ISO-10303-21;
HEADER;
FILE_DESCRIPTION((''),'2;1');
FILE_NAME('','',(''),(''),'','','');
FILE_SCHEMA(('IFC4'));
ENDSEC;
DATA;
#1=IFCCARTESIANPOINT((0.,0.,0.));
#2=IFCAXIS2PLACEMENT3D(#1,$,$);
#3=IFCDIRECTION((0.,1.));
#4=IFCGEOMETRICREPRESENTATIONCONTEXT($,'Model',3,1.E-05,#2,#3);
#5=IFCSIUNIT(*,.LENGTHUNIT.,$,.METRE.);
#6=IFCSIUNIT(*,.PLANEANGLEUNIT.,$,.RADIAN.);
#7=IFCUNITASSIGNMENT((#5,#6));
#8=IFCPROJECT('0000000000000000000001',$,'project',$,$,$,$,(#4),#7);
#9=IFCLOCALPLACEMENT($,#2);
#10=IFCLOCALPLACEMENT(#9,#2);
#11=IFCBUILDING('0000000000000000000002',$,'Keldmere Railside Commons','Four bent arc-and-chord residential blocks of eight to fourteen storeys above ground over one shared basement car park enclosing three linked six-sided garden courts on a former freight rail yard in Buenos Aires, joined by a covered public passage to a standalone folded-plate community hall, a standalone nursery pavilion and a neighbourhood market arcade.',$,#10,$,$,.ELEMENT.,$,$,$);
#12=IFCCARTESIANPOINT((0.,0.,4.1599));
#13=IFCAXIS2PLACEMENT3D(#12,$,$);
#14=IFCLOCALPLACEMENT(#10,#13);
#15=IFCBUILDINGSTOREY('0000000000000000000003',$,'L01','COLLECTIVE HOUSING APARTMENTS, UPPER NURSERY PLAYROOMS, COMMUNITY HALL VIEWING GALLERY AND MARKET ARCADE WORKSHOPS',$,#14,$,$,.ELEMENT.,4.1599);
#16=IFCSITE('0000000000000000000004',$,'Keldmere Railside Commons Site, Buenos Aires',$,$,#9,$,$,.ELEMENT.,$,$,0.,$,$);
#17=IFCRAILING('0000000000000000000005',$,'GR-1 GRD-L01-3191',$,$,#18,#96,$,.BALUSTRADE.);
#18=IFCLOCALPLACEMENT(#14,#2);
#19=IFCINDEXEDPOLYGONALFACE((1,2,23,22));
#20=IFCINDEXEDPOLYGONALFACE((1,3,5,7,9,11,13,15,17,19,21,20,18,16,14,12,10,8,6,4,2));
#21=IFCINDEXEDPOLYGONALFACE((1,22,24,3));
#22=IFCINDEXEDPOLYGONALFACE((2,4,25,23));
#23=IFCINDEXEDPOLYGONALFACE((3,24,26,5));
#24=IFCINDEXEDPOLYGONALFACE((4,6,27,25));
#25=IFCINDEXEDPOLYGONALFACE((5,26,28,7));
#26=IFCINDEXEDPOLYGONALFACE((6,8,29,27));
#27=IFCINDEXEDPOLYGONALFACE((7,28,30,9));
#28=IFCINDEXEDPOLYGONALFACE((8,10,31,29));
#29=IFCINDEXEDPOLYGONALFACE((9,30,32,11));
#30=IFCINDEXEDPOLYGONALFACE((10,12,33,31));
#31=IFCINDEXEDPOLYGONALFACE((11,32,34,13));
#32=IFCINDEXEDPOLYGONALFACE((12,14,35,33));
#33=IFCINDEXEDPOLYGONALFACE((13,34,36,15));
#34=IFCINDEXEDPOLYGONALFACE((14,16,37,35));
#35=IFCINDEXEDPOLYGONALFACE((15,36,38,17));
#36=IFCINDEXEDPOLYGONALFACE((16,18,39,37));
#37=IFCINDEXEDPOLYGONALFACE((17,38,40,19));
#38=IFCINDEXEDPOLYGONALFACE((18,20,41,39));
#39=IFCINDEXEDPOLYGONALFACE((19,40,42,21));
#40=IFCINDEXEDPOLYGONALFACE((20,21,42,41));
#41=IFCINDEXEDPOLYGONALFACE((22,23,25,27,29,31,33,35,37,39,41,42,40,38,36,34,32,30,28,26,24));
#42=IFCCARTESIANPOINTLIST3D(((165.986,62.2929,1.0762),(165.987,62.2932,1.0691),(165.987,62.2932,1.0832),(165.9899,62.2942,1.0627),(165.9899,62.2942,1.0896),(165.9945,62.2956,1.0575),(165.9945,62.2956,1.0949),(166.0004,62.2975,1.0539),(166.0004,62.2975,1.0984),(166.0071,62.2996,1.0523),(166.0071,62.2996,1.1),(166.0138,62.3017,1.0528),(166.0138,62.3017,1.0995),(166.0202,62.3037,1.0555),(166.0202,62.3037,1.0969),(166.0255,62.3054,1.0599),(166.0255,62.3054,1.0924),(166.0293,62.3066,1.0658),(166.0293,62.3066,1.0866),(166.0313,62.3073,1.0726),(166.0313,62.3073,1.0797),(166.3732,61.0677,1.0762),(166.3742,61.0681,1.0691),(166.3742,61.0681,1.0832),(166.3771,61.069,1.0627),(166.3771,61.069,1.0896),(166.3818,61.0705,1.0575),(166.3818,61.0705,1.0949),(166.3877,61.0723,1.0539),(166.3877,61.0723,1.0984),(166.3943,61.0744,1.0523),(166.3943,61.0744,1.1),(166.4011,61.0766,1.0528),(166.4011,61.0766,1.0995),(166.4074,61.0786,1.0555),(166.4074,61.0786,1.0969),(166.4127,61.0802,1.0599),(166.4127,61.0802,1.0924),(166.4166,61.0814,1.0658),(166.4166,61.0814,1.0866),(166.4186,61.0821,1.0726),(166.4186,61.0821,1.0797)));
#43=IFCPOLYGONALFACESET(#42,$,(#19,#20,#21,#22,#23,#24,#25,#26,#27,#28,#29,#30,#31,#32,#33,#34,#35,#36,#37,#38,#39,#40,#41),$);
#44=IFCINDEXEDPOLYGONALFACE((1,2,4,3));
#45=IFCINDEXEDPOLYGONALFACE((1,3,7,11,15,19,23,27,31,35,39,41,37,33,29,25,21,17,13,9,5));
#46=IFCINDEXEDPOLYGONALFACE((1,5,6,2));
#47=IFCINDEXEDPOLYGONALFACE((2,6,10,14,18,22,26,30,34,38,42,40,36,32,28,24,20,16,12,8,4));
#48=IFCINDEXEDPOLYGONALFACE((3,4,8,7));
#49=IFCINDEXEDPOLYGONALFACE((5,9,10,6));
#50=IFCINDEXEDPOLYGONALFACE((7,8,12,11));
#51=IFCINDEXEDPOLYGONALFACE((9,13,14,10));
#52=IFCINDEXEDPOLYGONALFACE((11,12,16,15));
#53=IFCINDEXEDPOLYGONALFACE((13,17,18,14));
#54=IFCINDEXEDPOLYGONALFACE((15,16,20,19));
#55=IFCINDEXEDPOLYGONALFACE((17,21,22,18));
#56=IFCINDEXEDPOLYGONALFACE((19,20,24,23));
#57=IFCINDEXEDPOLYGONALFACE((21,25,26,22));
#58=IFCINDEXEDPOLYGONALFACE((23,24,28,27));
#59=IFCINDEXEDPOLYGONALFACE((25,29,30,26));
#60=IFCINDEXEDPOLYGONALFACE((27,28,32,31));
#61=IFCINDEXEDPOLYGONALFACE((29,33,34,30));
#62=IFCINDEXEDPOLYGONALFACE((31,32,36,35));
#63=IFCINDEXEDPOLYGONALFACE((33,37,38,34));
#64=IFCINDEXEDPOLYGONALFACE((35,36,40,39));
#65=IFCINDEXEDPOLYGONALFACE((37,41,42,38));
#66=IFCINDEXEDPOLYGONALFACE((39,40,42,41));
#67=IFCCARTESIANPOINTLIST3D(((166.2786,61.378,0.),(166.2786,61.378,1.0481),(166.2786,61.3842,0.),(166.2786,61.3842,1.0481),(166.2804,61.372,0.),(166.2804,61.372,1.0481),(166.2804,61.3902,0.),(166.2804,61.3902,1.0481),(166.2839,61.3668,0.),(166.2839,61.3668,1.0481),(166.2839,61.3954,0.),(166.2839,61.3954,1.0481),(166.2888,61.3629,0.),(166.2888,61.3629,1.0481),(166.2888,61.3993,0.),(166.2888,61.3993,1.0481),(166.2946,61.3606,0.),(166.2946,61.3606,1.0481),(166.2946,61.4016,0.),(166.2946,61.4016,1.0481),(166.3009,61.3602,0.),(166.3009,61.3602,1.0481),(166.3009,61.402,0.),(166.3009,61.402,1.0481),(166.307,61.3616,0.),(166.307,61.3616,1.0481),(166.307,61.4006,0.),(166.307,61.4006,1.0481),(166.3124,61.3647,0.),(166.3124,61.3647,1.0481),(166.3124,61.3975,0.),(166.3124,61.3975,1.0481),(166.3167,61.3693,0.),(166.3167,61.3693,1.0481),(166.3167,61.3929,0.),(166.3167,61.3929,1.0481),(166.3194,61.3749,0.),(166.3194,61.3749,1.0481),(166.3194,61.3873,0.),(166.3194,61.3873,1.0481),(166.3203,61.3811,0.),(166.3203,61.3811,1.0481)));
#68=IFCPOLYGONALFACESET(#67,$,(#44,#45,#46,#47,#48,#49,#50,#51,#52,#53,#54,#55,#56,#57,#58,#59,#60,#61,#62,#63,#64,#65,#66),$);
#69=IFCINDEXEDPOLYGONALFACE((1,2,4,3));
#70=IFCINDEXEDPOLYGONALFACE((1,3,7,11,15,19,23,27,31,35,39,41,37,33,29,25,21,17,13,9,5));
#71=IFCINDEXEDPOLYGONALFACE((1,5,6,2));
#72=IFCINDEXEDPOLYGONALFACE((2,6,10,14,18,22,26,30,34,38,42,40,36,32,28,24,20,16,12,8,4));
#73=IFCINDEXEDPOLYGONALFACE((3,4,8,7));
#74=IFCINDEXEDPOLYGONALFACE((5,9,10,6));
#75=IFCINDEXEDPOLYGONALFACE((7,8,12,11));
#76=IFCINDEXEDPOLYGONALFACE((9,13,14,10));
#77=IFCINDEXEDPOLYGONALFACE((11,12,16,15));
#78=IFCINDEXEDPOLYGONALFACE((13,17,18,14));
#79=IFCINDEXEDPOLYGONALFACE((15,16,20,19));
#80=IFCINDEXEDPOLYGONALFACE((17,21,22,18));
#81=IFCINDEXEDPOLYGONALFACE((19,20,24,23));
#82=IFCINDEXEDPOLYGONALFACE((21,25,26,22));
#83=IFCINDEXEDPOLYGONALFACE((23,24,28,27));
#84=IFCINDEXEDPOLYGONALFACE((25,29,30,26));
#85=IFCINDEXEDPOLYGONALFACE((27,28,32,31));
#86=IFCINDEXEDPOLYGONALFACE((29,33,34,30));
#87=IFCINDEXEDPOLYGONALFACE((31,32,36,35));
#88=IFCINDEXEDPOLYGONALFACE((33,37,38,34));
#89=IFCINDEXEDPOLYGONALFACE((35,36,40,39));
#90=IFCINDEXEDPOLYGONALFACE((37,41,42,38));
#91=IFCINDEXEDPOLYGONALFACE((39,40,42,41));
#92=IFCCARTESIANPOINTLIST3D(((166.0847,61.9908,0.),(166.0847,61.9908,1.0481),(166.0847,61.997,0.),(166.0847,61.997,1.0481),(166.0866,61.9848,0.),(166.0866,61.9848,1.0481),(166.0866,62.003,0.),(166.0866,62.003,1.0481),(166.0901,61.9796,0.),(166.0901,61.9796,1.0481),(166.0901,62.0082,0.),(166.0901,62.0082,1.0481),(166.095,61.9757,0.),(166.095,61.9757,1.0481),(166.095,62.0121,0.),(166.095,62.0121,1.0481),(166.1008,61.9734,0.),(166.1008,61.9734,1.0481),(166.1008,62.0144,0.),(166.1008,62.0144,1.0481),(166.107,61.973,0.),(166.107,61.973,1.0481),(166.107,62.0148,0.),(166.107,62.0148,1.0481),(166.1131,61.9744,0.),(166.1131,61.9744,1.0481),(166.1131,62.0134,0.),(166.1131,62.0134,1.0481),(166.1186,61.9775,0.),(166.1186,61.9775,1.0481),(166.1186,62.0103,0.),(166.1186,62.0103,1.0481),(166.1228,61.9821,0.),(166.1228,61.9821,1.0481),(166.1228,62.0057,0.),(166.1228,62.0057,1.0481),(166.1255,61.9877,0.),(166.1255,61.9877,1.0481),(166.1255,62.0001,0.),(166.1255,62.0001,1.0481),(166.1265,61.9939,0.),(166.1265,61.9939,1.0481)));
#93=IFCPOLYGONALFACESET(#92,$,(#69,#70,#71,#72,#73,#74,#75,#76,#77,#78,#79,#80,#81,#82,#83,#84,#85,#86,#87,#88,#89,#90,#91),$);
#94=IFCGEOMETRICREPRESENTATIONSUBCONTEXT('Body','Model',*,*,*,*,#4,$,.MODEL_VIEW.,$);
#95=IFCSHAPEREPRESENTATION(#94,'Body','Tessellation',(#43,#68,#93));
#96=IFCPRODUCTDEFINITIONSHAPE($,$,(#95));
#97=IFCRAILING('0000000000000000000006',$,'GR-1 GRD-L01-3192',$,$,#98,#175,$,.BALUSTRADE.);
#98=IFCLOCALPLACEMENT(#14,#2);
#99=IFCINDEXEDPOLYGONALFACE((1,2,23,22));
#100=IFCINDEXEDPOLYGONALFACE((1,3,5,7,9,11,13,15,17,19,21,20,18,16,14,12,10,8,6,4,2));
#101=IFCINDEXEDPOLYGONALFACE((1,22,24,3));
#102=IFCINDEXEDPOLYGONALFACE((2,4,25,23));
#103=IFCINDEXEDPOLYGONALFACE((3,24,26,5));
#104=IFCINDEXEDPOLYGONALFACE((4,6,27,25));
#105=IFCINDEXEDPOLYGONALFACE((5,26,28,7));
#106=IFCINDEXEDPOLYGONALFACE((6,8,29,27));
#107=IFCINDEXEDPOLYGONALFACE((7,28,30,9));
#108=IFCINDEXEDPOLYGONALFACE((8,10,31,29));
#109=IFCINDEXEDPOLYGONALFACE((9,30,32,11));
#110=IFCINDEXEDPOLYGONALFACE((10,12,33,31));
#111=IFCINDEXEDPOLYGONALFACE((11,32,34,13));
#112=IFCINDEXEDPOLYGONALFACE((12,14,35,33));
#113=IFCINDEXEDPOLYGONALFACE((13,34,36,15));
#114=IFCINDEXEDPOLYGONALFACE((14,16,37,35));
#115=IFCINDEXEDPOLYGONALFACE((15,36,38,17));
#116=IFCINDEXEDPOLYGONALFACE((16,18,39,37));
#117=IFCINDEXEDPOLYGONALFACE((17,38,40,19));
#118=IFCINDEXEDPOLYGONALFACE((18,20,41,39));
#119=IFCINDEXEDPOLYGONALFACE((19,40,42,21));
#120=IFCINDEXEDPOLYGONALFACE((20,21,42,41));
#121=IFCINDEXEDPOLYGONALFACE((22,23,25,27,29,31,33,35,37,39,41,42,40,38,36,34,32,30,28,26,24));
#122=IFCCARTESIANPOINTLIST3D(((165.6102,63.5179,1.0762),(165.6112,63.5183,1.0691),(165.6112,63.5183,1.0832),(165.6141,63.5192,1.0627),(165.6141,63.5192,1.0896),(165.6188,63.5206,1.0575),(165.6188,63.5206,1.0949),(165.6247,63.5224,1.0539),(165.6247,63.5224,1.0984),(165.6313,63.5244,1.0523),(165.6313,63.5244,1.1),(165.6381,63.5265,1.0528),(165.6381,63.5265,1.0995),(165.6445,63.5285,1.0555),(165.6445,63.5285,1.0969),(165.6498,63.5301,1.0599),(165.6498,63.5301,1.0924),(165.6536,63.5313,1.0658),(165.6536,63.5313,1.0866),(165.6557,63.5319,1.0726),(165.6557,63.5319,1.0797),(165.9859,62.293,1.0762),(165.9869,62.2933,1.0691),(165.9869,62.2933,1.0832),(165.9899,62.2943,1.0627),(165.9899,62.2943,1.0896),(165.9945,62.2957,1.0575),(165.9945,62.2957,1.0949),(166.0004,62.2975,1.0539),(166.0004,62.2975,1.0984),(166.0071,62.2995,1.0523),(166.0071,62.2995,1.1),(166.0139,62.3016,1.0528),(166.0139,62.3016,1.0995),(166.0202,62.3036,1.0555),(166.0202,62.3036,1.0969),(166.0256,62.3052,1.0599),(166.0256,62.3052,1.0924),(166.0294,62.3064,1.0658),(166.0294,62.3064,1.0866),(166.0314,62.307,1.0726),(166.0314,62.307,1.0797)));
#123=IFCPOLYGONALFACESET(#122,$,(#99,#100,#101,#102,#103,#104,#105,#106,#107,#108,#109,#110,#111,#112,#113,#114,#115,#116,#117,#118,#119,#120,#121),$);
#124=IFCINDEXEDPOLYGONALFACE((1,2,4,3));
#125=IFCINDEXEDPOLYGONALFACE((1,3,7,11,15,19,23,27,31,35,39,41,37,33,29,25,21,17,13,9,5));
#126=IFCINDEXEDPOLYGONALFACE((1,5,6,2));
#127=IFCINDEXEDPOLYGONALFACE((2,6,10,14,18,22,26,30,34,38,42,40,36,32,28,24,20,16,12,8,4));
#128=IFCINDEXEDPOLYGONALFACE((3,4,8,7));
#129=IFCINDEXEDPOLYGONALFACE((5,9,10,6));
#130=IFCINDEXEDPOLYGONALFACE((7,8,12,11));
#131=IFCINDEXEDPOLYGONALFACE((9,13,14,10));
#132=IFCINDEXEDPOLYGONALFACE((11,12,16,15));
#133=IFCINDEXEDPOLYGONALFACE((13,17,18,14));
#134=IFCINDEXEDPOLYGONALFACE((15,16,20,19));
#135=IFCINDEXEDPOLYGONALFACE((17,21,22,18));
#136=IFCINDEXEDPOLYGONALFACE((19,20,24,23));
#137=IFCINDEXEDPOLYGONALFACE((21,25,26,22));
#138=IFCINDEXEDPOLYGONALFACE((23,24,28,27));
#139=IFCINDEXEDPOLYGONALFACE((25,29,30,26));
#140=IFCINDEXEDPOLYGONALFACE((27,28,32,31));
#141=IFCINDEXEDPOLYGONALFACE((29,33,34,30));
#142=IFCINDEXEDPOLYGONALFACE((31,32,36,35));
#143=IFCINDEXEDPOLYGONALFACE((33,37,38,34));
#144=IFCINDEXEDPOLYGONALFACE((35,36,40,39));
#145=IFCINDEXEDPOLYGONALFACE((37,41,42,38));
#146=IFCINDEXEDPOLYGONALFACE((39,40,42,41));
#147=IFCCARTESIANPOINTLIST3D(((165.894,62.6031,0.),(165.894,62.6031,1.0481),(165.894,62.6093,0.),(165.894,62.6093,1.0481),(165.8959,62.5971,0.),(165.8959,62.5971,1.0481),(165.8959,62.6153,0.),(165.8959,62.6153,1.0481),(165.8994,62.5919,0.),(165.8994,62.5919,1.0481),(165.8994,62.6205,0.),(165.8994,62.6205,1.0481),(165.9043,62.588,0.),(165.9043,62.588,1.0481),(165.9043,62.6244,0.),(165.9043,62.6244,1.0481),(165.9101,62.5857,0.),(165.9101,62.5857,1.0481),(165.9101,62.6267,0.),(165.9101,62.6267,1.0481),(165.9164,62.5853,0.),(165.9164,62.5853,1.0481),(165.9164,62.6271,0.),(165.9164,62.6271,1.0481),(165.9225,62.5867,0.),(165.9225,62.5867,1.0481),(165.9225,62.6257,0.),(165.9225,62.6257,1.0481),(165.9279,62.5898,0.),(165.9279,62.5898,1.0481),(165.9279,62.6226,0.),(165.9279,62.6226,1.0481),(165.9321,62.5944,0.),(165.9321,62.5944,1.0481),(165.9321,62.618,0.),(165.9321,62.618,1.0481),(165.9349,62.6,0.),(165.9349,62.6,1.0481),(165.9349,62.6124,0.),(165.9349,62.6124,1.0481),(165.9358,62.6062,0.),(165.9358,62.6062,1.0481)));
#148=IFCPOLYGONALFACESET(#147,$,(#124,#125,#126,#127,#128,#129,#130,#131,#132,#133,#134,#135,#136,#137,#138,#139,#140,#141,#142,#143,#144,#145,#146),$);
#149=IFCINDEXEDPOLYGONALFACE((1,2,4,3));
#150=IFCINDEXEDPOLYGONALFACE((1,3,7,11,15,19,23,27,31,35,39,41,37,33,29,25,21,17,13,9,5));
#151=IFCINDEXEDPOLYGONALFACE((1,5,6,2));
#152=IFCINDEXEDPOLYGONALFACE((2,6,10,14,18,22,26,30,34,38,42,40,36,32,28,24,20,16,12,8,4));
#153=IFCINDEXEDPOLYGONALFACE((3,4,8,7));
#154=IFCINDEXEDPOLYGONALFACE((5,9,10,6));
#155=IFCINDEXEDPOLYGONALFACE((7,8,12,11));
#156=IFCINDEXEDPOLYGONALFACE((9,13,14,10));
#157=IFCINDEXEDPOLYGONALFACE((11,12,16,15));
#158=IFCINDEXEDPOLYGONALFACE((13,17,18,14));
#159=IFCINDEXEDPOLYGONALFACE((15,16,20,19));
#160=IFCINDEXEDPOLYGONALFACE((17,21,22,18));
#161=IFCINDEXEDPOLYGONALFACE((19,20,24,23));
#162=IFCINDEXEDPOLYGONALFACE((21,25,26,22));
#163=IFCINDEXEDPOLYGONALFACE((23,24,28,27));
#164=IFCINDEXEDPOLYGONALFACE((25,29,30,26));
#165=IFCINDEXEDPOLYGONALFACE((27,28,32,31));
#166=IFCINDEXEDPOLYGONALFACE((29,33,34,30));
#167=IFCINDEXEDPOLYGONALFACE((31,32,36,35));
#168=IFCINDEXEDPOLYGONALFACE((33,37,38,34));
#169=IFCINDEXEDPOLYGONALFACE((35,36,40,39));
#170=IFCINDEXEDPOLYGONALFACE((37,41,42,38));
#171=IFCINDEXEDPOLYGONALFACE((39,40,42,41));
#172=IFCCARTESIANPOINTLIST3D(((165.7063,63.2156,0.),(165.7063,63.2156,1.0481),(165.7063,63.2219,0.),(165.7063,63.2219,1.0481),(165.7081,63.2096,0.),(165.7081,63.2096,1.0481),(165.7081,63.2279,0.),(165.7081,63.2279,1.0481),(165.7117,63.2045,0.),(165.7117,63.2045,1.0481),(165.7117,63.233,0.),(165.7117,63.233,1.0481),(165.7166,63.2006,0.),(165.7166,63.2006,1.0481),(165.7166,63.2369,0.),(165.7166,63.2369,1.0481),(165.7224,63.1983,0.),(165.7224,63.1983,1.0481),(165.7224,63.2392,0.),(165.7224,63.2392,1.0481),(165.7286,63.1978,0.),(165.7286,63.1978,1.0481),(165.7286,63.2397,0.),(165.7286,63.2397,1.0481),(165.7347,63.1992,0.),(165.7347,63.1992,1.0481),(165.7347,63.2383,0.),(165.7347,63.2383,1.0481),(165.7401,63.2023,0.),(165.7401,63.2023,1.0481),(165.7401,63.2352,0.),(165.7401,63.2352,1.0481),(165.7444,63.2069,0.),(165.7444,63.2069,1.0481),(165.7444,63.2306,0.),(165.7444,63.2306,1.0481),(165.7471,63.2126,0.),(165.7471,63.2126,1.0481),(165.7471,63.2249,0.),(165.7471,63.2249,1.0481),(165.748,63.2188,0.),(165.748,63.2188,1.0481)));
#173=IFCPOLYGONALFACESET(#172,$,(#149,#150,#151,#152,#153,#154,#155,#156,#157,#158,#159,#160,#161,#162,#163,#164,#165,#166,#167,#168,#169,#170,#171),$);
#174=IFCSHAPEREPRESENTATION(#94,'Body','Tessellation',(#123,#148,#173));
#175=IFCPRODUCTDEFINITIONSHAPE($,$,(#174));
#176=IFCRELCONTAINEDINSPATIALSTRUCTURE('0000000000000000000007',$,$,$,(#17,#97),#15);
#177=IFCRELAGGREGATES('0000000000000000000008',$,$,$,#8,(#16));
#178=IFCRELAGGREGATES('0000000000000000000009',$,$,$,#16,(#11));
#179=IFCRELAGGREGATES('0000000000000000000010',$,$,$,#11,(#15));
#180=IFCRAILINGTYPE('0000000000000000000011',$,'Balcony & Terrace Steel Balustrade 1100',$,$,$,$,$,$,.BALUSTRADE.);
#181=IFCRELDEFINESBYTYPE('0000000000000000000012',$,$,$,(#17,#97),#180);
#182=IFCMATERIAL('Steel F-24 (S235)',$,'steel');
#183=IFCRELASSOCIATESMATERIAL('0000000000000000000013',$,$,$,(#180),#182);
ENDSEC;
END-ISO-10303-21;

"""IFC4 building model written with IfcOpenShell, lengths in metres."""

from ifc_helpers import new_model, si_unit, direction, frame, origin, origin_2d, place, context, subcontext, project, spatial, circle, extrude, material, type_object, element, save


model = new_model("IFC4")

# Units and contexts
model_context = context("Model", 3, precision=1e-05, world=origin(), true_north=direction((0.0, 1.0)))
body_context = subcontext(model_context, "Body", "Model", "MODEL_VIEW")
ifc_project = project(units=[si_unit("LENGTHUNIT", "METRE"), si_unit("PLANEANGLEUNIT", "RADIAN")], contexts=[model_context])

# Site, building, storey
site_placement = place(None, origin())
site = spatial("IfcSite", under=ifc_project, at=site_placement, Name="Keldmere Railside Commons Site, Buenos Aires", CompositionType="ELEMENT", RefElevation=0.0)
building_placement = place(site_placement, origin())
building = spatial("IfcBuilding", under=site, at=building_placement, Name="Keldmere Railside Commons", Description="Four bent arc-and-chord residential blocks of eight to fourteen storeys above ground over one shared basement car park enclosing three linked six-sided garden courts on a former freight rail yard in Buenos Aires, joined by a covered public passage to a standalone folded-plate community hall, a standalone nursery pavilion and a neighbourhood market arcade.", CompositionType="ELEMENT")
storey_placement = place(building_placement, frame((0.0, 0.0, 4.1599)))
storey = spatial("IfcBuildingStorey", under=building, at=storey_placement, Name="L01", Description="COLLECTIVE HOUSING APARTMENTS, UPPER NURSERY PLAYROOMS, COMMUNITY HALL VIEWING GALLERY AND MARKET ARCADE WORKSHOPS", CompositionType="ELEMENT", Elevation=4.1599)

# Railings
ifc_material_1 = material(Name="Steel F-24 (S235)", Category="steel")
railing_type = type_object("IfcRailingType", Name="Balcony & Terrace Steel Balustrade 1100", PredefinedType="BALUSTRADE", material=ifc_material_1)
railing_1_placement = place(storey_placement, frame((166.396, 61.075, 0.0)))
element("IfcRailing", 1, at=railing_1_placement, inside=storey, type_object=railing_type, Name="GR-1 GRD-L01-3191", PredefinedType="BALUSTRADE", context=body_context, shape_type="SweptSolid", body=[
    extrude(circle(Radius=0.0239, at=origin_2d()), frame((0.0, 0.0, 1.0762), z_axis=(-0.301368, 0.953508, 0.0), x_axis=(-0.953508, -0.301368, 0.0)), (0.0, 0.0, 1.0), 1.2849),
    extrude(circle(Radius=0.021, at=origin_2d()), frame((-0.0967, 0.3062, 0.0)), (0.0, 0.0, 1.0), 1.0481),
    extrude(circle(Radius=0.021, at=origin_2d()), frame((-0.2905, 0.9189, 0.0)), (0.0, 0.0, 1.0), 1.0481),
])
railing_2_placement = place(storey_placement, frame((166.0088, 62.3, 0.0)))
element("IfcRailing", 2, at=railing_2_placement, inside=storey, type_object=railing_type, Name="GR-1 GRD-L01-3192", PredefinedType="BALUSTRADE", context=body_context, shape_type="SweptSolid", body=[
    extrude(circle(Radius=0.0239, at=origin_2d()), frame((0.0, 0.0, 1.0762), z_axis=(-0.293269, 0.95603, 0.0), x_axis=(-0.95603, -0.293269, 0.0)), (0.0, 0.0, 1.0), 1.2812),
    extrude(circle(Radius=0.021, at=origin_2d()), frame((-0.094, 0.3062, 0.0)), (0.0, 0.0, 1.0), 1.0481),
    extrude(circle(Radius=0.021, at=origin_2d()), frame((-0.2817, 0.9187, 0.0)), (0.0, 0.0, 1.0), 1.0481),
])

save(model, "model.ifc")
